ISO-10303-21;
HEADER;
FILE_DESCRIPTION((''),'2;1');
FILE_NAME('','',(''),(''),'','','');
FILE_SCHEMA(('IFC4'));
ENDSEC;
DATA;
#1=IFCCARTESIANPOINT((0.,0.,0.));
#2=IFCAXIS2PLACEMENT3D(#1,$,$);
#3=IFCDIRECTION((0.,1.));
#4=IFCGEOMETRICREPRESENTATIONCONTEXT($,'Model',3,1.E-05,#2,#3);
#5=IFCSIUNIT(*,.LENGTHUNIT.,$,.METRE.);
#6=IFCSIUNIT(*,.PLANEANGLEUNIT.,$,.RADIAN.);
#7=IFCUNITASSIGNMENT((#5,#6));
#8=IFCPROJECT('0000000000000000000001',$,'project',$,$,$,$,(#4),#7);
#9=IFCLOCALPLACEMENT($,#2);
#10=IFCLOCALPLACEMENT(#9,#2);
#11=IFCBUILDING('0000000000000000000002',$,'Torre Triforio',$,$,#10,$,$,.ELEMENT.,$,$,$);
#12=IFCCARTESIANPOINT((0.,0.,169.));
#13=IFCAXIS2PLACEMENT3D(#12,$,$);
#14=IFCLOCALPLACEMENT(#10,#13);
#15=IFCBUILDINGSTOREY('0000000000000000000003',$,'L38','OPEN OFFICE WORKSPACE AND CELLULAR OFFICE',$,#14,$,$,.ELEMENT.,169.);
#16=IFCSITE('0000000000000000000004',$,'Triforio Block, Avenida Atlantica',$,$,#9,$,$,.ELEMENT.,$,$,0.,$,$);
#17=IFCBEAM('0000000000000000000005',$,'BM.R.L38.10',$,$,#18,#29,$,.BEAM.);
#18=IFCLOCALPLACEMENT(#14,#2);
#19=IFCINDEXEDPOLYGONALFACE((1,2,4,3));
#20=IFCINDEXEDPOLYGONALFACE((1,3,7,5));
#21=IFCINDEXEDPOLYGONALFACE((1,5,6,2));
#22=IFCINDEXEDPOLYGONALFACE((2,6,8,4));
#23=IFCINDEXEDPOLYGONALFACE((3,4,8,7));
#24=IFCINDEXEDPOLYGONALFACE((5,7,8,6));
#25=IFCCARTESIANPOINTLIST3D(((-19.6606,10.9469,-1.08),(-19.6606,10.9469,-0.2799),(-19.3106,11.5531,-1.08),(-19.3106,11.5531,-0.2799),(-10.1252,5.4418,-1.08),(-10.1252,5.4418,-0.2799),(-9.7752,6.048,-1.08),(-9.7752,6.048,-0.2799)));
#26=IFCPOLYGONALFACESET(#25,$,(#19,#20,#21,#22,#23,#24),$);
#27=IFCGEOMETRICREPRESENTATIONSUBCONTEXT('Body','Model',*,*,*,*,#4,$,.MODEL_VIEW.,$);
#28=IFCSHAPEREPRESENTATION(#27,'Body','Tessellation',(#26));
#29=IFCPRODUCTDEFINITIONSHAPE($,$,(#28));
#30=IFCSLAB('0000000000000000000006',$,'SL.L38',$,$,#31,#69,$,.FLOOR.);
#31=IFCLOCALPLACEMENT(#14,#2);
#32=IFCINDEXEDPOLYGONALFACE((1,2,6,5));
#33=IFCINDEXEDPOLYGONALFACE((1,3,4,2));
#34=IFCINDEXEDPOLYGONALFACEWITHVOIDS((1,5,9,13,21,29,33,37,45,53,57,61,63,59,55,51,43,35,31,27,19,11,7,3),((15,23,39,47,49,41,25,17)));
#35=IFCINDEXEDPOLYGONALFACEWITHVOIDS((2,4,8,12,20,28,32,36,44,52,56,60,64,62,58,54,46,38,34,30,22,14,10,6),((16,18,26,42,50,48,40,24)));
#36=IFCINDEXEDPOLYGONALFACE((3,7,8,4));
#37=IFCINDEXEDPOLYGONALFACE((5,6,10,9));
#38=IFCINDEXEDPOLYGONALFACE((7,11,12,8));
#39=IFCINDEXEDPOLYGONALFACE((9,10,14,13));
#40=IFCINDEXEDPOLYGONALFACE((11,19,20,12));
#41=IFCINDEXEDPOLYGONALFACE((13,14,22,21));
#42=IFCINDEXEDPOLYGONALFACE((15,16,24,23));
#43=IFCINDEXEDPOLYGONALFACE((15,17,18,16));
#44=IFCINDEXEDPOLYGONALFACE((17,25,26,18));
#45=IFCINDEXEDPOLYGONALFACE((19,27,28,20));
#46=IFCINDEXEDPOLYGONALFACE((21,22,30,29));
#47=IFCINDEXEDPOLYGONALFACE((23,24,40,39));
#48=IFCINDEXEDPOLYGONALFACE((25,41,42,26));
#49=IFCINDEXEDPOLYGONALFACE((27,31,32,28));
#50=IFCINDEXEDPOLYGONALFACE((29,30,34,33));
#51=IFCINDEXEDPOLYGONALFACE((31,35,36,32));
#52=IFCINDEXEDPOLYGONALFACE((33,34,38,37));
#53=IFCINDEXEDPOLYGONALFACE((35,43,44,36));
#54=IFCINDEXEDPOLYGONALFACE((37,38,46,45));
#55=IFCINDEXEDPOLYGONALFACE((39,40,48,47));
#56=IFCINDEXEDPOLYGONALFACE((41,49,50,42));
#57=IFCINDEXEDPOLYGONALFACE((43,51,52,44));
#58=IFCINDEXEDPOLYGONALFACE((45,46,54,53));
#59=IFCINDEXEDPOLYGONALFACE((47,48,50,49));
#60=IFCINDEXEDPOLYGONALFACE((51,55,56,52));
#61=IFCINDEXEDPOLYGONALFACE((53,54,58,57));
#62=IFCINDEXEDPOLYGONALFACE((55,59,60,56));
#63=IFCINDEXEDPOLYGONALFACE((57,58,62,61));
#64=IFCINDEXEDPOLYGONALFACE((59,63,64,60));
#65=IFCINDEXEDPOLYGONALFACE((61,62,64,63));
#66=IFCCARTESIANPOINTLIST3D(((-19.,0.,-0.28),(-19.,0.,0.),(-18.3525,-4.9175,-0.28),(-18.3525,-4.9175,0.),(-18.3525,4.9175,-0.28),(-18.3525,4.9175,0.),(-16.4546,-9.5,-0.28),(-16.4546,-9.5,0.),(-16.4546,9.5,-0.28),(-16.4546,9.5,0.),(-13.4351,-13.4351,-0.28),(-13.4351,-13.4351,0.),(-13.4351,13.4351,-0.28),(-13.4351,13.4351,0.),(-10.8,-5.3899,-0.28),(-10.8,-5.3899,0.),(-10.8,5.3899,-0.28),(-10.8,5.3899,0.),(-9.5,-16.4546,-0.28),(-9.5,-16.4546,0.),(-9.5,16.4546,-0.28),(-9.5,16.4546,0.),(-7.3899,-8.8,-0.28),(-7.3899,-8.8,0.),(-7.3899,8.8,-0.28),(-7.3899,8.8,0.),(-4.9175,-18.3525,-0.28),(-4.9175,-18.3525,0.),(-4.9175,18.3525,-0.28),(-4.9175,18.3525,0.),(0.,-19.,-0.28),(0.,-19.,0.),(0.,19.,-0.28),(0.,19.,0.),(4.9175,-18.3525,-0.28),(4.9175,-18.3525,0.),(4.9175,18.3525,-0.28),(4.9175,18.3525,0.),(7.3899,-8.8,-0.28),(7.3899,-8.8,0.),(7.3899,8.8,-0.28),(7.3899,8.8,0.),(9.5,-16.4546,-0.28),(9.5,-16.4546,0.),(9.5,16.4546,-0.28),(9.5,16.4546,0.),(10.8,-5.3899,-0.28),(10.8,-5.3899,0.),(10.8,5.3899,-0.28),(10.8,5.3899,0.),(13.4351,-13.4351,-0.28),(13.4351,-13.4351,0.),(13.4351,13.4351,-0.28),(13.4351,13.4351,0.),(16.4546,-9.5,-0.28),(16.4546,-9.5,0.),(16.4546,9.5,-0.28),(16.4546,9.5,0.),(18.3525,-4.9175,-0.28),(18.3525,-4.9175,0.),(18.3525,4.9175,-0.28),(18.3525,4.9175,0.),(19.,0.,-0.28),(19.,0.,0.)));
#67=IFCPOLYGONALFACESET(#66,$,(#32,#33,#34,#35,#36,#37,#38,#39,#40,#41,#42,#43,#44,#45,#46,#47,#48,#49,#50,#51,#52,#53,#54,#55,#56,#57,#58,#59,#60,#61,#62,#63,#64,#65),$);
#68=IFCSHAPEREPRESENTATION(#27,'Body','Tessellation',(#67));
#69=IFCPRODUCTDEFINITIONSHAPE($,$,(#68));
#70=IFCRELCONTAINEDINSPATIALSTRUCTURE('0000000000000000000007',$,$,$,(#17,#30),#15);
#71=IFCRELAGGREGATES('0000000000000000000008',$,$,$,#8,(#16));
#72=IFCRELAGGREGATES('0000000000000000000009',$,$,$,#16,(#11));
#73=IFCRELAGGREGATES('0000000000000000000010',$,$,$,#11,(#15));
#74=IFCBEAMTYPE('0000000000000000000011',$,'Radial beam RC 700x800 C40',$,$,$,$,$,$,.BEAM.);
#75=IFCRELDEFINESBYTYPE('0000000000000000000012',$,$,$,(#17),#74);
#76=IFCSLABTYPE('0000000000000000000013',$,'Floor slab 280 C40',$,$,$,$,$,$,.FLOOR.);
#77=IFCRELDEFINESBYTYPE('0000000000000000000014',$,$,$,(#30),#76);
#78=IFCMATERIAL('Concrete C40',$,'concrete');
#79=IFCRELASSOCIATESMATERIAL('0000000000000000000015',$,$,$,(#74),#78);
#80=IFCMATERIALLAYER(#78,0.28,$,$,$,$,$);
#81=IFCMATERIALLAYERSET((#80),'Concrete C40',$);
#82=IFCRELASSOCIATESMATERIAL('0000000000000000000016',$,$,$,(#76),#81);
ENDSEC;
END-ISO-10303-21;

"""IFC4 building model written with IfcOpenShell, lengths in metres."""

from ifc_helpers import new_model, si_unit, direction, frame, origin, origin_2d, place, context, subcontext, project, spatial, polyline, rectangle, outline, extrude, material, layer, layer_set, material_profile, profile_set, type_object, element, save


model = new_model("IFC4")

# Units and contexts
model_context = context("Model", 3, precision=1e-05, world=origin(), true_north=direction((0.0, 1.0)))
body_context = subcontext(model_context, "Body", "Model", "MODEL_VIEW")
ifc_project = project(units=[si_unit("LENGTHUNIT", "METRE"), si_unit("PLANEANGLEUNIT", "RADIAN")], contexts=[model_context])

# Site, building, storey
site_placement = place(None, origin())
site = spatial("IfcSite", under=ifc_project, at=site_placement, Name="Triforio Block, Avenida Atlantica", CompositionType="ELEMENT", RefElevation=0.0)
building_placement = place(site_placement, origin())
building = spatial("IfcBuilding", under=site, at=building_placement, Name="Torre Triforio", CompositionType="ELEMENT")
storey_placement = place(building_placement, frame((0.0, 0.0, 169.0)))
storey = spatial("IfcBuildingStorey", under=building, at=storey_placement, Name="L38", Description="OPEN OFFICE WORKSPACE AND CELLULAR OFFICE", CompositionType="ELEMENT", Elevation=169.0)

# Beam
ifc_material_1 = material(Name="Concrete C40", Category="concrete")
ifc_material_profile = material_profile(ifc_material_1, rectangle(XDim=0.7, YDim=0.8, at=origin_2d()), Name="RC 700x800")
ifc_profile_set = profile_set([ifc_material_profile], Name="Concrete C40")
beam_type = type_object("IfcBeamType", Name="Radial beam RC 700x800 C40", PredefinedType="BEAM", material=ifc_profile_set)
beam_placement = place(storey_placement, frame((-9.9502, 5.7449, -0.6799), z_axis=(-0.866031, 0.499991, 0.0), x_axis=(-0.499991, -0.866031, 0.0)))
element("IfcBeam", 1, at=beam_placement, inside=storey, type_object=beam_type, Name="BM.R.L38.10", PredefinedType="BEAM", context=body_context, shape_type="SweptSolid", body=[
    extrude(rectangle(XDim=0.7, YDim=0.8, at=origin_2d()), origin(), (0.0, 0.0, 1.0), 11.0105),
])

# Slab
ifc_layer_1 = layer(ifc_material_1, 0.28)
ifc_layer_set_1 = layer_set([ifc_layer_1], Name="Concrete C40")
slab_type_1 = type_object("IfcSlabType", Name="Floor slab 280 C40", PredefinedType="FLOOR", material=ifc_layer_set_1)
slab_1_placement = place(storey_placement, frame((0.0, 0.0, -0.28)))
element("IfcSlab", 2, at=slab_1_placement, inside=storey, type_object=slab_type_1, Name="SL.L38", PredefinedType="FLOOR", context=body_context, shape_type="SweptSolid", body=[
    extrude(outline(polyline([(16.4546, -9.5), (18.3525, -4.9175), (19.0, 0.0), (18.3525, 4.9175), (16.4546, 9.5), (13.4351, 13.4351), (9.5, 16.4546), (4.9175, 18.3525), (0.0, 19.0), (-4.9175, 18.3525), (-9.5, 16.4546), (-13.4351, 13.4351), (-16.4546, 9.5), (-18.3525, 4.9175), (-19.0, 0.0), (-18.3525, -4.9175), (-16.4546, -9.5), (-13.4351, -13.4351), (-9.5, -16.4546), (-4.9175, -18.3525), (0.0, -19.0), (4.9175, -18.3525), (9.5, -16.4546), (13.4351, -13.4351), (16.4546, -9.5)]), holes=[polyline([(10.8, 5.3899), (10.8, -5.3899), (7.3899, -8.8), (-7.3899, -8.8), (-10.8, -5.3899), (-10.8, 5.3899), (-7.3899, 8.8), (7.3899, 8.8), (10.8, 5.3899)])]), origin(), (0.0, 0.0, 1.0), 0.28),
])

save(model, "model.ifc")
